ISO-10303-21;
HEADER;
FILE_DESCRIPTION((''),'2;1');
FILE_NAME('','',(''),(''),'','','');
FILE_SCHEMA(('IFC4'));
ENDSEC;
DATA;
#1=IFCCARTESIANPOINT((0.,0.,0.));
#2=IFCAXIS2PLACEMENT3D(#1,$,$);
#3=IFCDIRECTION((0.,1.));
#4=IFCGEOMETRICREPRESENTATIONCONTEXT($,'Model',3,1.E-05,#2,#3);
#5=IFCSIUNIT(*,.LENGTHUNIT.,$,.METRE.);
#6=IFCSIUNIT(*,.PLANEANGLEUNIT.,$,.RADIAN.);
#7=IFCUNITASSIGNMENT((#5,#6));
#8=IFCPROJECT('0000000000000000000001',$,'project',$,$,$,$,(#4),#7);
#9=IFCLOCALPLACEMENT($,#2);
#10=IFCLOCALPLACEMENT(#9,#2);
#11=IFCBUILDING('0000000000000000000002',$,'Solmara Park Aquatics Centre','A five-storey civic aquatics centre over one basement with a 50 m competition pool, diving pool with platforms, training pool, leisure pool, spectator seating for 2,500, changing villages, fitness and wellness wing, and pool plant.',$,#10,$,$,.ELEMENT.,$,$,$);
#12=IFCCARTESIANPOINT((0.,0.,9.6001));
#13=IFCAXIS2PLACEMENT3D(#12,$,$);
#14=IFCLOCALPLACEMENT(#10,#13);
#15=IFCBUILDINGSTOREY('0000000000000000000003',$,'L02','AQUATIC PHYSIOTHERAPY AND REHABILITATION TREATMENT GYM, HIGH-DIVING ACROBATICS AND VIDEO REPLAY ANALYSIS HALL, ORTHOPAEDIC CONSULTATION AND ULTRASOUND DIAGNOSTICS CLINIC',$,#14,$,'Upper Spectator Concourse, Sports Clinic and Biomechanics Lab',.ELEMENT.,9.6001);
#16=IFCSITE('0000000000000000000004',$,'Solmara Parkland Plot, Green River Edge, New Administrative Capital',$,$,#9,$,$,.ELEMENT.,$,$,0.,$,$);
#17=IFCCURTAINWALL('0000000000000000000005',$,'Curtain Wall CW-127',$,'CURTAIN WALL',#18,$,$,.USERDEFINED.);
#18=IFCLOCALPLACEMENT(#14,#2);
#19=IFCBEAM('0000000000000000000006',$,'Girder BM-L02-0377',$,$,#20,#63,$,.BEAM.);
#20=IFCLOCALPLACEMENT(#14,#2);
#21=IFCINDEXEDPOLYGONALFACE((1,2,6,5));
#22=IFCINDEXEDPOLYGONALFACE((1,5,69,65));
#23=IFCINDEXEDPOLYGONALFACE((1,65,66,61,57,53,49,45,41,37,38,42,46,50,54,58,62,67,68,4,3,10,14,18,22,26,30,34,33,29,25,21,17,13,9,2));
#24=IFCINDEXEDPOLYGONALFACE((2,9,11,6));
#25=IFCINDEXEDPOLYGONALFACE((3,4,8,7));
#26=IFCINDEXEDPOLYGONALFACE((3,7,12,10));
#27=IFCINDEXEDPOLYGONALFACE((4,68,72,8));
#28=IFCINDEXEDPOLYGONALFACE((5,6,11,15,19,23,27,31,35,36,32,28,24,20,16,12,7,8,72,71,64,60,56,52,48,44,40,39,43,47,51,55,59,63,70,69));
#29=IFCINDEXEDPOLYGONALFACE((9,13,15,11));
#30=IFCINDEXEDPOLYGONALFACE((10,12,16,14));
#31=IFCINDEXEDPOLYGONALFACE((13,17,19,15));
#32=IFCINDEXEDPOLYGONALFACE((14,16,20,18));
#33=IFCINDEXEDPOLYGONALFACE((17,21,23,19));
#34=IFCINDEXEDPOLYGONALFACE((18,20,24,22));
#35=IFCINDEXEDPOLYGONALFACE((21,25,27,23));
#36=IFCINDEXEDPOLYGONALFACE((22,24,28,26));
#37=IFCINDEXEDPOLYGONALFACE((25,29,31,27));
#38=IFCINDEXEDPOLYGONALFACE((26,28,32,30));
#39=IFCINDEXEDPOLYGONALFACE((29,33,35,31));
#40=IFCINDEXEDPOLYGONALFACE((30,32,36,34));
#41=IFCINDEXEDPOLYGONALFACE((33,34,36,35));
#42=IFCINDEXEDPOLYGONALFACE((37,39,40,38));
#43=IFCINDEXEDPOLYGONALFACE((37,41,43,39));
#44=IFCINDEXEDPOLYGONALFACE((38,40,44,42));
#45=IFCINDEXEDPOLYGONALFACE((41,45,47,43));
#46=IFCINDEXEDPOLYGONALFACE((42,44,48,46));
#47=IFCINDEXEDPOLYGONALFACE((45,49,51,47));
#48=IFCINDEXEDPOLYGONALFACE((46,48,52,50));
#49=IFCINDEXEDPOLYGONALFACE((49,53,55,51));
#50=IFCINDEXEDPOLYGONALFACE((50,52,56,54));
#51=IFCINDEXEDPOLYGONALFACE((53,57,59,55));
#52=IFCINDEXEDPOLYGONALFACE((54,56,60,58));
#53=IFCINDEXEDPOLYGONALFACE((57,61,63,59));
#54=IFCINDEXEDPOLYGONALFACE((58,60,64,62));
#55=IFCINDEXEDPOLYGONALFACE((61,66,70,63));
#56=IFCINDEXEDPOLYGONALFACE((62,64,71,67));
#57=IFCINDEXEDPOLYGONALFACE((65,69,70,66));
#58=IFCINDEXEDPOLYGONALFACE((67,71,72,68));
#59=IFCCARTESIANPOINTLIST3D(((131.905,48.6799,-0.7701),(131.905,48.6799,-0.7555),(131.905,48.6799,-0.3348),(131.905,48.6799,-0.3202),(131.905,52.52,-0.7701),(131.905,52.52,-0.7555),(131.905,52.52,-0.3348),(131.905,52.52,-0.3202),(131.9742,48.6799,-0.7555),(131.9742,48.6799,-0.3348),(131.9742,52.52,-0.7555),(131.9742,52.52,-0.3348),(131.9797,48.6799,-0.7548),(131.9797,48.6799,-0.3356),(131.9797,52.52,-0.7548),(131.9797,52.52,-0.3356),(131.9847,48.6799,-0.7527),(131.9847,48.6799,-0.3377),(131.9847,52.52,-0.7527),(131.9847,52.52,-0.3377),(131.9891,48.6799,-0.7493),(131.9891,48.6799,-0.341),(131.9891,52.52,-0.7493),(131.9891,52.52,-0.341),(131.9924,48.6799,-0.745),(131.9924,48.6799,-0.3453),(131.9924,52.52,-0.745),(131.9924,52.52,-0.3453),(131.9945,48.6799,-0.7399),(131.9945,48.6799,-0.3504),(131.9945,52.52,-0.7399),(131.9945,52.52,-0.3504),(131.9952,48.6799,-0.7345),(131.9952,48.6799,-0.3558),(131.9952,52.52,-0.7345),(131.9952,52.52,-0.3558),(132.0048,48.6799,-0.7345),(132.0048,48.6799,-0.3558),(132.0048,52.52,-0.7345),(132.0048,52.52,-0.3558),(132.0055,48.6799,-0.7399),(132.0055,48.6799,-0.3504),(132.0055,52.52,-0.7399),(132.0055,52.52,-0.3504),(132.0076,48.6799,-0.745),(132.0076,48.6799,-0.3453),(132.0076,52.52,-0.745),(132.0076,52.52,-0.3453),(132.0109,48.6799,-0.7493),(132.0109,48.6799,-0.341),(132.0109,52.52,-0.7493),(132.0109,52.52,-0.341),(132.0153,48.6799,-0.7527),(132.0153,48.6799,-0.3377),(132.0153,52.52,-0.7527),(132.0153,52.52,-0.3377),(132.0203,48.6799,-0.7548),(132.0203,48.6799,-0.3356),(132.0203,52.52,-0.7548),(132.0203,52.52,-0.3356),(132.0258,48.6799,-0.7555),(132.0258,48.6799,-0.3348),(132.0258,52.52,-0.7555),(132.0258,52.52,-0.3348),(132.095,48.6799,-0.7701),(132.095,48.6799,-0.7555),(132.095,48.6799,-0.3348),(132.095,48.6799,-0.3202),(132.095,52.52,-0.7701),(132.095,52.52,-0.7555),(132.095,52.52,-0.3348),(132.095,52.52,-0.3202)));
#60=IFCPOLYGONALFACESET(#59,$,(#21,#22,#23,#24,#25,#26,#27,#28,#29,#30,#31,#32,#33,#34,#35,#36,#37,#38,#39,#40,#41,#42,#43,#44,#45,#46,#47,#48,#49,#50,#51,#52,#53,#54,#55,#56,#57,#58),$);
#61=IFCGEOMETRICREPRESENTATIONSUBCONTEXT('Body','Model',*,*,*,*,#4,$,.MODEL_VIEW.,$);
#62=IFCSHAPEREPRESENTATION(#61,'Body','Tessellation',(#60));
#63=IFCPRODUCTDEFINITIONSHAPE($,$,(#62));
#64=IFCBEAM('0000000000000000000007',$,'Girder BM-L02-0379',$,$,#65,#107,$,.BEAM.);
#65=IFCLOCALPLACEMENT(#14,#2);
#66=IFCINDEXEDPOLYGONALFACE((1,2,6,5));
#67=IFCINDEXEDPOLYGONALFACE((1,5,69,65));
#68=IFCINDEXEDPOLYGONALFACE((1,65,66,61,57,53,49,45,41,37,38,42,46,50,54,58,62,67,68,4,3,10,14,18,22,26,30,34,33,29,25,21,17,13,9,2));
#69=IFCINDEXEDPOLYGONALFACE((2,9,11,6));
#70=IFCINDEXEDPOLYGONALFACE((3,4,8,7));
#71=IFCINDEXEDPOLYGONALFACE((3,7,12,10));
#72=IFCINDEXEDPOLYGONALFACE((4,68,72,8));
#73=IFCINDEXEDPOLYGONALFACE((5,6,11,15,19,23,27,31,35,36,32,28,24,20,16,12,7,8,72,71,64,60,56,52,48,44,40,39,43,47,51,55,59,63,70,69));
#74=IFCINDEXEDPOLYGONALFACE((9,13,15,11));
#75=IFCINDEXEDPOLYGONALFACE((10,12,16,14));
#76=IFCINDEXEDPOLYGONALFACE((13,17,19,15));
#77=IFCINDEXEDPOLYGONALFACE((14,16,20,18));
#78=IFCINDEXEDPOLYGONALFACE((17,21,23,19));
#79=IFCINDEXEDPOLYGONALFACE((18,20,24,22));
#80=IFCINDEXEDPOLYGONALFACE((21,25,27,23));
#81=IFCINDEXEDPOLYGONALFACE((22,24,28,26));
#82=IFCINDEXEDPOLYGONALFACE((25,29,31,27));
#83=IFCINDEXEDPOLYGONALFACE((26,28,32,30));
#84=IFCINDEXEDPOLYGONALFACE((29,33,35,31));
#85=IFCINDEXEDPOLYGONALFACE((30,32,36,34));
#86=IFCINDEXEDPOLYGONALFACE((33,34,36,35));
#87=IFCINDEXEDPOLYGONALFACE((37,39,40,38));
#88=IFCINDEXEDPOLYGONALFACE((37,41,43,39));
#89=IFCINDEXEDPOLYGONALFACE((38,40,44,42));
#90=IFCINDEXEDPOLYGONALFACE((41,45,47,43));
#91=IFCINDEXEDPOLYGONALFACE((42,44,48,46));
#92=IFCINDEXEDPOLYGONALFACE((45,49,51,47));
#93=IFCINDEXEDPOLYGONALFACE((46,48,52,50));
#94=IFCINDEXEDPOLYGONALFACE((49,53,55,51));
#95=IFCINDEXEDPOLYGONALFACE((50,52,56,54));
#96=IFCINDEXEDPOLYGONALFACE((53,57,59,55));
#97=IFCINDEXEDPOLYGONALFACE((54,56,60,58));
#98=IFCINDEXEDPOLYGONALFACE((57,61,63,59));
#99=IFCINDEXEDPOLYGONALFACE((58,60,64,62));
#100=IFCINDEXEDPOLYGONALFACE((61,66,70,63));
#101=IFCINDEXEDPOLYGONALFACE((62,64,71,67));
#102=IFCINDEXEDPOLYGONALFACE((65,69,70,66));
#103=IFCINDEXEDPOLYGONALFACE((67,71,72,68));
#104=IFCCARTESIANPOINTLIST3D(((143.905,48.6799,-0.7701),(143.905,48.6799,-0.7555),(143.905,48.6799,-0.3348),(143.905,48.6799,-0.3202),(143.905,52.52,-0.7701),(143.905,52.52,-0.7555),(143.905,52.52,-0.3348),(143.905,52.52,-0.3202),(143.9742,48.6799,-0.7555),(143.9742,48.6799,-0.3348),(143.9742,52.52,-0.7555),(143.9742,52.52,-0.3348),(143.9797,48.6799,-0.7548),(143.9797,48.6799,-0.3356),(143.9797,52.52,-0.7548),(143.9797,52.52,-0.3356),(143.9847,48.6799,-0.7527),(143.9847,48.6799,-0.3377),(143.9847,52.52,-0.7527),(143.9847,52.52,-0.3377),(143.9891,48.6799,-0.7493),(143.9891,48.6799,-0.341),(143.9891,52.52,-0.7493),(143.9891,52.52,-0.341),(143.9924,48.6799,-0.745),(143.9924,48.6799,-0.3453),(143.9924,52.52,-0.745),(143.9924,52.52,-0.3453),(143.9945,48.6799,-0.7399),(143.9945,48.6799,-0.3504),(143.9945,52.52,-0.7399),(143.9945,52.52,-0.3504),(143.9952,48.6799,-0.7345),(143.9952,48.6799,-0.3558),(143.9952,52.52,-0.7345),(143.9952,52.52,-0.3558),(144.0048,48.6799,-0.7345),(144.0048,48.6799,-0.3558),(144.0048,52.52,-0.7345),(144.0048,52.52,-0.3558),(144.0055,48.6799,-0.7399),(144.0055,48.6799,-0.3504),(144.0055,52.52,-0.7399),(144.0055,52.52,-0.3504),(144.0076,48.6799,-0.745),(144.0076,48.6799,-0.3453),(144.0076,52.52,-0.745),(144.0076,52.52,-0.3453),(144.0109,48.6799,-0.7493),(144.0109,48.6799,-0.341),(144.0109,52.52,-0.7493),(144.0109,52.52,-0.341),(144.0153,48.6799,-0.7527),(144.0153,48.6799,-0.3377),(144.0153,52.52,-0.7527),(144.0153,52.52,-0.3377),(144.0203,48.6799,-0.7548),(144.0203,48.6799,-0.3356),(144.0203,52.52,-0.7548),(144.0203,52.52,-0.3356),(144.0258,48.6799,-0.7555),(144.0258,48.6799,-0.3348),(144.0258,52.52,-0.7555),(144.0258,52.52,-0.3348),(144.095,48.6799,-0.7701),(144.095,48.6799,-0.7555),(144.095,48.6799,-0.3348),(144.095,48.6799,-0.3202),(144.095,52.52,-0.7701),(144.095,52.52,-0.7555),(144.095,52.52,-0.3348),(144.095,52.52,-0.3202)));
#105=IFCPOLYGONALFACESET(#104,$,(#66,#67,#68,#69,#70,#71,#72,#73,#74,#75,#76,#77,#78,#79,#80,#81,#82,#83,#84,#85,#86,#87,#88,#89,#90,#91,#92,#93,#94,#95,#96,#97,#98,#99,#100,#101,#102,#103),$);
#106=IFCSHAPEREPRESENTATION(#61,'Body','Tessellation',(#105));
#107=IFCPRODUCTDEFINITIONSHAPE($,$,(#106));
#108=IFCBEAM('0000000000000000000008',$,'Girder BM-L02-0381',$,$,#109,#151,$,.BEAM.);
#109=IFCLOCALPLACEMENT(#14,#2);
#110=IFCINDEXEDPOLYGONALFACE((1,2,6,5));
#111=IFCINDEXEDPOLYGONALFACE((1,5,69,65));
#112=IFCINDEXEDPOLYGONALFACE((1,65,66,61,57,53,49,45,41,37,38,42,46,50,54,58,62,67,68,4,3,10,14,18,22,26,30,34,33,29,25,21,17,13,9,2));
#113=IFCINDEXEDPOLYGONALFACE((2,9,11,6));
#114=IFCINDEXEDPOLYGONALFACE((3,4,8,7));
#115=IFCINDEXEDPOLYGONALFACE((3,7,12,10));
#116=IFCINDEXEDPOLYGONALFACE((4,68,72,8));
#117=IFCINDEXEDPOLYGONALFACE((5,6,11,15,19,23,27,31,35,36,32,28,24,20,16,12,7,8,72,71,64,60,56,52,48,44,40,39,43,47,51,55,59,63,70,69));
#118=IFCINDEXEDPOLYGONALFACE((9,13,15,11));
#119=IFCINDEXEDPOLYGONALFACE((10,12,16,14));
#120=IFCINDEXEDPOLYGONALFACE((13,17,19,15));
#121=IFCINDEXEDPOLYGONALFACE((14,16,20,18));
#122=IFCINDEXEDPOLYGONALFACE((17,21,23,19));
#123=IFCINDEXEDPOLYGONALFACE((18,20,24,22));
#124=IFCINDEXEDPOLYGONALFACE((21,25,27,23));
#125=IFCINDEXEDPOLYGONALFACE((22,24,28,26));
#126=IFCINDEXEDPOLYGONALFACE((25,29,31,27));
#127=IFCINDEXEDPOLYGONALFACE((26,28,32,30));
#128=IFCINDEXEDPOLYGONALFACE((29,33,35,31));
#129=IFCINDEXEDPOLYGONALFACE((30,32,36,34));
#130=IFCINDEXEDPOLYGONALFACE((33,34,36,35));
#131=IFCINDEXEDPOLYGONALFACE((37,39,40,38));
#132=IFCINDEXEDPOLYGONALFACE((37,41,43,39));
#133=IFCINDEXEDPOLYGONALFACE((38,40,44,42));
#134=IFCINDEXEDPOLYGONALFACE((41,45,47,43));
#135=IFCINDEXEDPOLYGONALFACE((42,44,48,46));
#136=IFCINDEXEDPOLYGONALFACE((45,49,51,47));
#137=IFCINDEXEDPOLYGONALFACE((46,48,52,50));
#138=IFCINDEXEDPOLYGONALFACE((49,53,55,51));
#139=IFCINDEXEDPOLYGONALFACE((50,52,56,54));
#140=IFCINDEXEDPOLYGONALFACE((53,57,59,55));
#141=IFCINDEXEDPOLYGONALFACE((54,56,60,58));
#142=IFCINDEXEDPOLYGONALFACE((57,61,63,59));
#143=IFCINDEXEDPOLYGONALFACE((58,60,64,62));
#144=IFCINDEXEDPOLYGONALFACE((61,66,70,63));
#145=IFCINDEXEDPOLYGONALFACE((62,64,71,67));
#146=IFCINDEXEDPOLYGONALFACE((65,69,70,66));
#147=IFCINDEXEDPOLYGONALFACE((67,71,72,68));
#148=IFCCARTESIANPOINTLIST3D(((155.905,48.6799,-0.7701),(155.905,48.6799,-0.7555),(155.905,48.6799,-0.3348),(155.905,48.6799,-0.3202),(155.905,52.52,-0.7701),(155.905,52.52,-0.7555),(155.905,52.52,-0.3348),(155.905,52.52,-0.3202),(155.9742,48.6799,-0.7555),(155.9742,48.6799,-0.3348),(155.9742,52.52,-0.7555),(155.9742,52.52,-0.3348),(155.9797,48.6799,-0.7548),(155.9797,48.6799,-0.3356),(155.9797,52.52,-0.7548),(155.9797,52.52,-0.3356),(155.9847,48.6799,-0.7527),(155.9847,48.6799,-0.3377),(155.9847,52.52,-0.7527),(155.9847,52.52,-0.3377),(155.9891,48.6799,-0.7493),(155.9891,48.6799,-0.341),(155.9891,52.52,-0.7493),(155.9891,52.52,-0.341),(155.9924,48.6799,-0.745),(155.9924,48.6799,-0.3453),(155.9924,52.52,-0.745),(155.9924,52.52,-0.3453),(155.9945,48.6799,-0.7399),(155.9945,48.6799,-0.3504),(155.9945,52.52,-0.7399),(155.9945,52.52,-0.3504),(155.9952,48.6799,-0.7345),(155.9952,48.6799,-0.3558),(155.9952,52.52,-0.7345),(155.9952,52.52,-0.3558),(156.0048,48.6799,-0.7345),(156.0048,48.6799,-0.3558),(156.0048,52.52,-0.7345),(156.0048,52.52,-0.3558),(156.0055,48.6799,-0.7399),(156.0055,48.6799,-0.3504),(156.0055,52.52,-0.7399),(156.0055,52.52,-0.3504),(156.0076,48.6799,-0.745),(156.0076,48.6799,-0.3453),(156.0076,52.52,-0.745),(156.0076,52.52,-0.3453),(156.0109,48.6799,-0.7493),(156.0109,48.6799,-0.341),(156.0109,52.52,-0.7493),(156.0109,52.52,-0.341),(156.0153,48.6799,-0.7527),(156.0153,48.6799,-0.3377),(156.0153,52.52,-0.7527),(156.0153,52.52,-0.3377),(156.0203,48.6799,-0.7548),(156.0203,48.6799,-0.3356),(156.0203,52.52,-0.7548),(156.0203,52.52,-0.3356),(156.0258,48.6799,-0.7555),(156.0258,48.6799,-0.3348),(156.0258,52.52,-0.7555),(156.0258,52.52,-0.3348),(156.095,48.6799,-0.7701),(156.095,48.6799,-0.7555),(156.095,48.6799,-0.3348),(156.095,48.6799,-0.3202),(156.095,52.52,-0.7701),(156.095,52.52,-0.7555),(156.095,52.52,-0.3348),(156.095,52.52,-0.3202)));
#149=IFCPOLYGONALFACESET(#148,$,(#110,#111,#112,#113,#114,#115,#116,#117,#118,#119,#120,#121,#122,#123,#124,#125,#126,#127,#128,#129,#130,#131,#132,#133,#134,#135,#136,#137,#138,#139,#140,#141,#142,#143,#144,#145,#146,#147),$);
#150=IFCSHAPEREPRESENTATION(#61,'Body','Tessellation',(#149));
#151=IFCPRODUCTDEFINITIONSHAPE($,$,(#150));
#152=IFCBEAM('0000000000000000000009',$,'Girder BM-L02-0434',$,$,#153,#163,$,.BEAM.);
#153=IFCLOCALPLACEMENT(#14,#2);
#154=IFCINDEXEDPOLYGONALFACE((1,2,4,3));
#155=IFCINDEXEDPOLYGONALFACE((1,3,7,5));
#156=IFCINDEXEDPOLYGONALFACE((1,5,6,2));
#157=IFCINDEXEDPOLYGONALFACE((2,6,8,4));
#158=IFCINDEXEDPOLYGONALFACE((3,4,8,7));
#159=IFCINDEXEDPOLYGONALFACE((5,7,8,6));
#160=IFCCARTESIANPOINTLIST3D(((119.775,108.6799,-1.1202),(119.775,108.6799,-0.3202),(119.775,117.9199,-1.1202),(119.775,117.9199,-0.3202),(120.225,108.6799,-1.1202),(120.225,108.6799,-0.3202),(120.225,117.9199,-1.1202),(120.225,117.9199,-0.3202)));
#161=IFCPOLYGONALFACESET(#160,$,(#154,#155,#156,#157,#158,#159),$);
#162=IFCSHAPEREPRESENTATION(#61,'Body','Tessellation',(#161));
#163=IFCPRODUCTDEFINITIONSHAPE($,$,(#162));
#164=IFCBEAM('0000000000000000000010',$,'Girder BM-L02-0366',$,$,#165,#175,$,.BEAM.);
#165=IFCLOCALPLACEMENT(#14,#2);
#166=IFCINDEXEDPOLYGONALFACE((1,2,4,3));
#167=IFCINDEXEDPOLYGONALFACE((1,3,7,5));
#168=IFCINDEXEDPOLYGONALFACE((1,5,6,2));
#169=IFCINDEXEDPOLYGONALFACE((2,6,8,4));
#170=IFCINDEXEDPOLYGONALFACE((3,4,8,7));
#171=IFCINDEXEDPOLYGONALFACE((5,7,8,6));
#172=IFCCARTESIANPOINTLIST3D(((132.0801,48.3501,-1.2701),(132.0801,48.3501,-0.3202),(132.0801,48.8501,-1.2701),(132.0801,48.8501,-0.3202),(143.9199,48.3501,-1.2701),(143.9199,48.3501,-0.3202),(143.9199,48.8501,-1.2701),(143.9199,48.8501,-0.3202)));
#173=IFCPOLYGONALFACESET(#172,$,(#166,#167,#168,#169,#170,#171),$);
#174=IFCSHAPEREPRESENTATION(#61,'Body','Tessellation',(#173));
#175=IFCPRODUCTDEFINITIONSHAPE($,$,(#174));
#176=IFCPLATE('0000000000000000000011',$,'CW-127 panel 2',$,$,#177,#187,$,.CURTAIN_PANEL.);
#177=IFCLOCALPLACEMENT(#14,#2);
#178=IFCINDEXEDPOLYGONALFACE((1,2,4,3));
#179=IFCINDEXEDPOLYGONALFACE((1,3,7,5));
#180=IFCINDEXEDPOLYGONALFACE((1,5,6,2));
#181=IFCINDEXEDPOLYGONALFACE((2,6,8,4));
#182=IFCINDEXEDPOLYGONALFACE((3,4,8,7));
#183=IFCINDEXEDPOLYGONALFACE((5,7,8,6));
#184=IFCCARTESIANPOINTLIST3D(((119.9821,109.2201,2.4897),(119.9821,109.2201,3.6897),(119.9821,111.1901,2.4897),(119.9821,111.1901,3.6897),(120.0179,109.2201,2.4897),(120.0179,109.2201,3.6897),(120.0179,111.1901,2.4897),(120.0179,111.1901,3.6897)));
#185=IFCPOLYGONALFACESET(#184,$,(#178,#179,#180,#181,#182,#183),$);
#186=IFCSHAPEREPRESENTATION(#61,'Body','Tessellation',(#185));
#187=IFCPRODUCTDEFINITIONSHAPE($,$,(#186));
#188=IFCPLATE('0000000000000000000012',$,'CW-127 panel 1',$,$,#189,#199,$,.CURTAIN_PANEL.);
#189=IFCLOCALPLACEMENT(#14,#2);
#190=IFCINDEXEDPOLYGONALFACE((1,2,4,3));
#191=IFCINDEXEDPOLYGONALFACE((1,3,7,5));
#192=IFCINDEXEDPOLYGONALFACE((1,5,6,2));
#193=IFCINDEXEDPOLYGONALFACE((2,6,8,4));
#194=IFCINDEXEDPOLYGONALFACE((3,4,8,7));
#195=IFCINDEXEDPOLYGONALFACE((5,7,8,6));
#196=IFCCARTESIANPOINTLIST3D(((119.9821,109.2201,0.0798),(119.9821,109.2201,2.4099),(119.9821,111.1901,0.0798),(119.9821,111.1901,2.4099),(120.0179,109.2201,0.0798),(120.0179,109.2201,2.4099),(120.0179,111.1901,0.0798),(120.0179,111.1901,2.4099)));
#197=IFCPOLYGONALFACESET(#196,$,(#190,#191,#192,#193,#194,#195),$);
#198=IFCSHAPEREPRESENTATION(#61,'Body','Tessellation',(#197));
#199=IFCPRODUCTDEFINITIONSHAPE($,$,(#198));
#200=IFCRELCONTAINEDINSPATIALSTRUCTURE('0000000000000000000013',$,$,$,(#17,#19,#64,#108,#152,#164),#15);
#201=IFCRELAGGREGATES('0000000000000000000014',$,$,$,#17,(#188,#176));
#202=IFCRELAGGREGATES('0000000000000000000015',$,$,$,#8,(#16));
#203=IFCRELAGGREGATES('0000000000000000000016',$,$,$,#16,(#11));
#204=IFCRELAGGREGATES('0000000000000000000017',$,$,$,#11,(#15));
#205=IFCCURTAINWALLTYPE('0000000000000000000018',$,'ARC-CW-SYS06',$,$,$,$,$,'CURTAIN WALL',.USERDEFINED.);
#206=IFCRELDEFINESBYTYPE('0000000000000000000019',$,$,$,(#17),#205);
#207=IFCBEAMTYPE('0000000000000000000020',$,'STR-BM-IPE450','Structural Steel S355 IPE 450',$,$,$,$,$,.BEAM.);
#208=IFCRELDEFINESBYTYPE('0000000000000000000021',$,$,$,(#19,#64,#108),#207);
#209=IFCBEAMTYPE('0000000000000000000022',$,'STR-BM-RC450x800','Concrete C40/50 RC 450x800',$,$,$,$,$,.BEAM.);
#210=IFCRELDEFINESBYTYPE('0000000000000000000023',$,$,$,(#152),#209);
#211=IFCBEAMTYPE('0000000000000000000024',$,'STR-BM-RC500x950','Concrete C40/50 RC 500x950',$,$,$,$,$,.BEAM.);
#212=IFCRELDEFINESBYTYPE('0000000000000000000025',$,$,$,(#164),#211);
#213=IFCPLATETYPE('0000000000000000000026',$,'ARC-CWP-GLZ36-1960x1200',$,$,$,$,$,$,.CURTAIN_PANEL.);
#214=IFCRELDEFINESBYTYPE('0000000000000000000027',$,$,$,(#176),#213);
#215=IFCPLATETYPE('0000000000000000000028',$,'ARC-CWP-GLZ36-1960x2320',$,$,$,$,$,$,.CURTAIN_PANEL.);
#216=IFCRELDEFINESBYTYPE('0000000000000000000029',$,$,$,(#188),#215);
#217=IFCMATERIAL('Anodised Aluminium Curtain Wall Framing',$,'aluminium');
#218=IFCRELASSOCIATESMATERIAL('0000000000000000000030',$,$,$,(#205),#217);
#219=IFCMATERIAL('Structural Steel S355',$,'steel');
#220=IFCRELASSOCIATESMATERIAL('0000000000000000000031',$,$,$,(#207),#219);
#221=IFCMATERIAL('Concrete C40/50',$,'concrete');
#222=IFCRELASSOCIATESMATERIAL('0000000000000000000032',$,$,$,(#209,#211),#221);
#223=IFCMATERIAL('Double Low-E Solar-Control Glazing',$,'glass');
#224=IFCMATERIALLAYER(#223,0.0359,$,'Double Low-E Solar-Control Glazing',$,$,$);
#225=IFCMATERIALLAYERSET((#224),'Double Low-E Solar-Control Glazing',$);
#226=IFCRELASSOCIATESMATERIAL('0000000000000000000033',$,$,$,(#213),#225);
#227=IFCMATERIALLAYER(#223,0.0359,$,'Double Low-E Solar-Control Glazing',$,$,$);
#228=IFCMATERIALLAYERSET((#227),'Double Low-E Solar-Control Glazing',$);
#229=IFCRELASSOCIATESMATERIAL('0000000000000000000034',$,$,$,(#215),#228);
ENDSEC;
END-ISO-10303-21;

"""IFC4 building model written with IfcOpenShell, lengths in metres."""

from ifc_helpers import new_model, si_unit, direction, frame, origin, origin_2d, place, context, subcontext, project, spatial, rectangle, i_section, extrude, material, layer, layer_set, material_profile, profile_set, type_object, element, aggregate, save


model = new_model("IFC4")

# Units and contexts
model_context = context("Model", 3, precision=1e-05, world=origin(), true_north=direction((0.0, 1.0)))
body_context = subcontext(model_context, "Body", "Model", "MODEL_VIEW")
ifc_project = project(units=[si_unit("LENGTHUNIT", "METRE"), si_unit("PLANEANGLEUNIT", "RADIAN")], contexts=[model_context])

# Site, building, storey
site_placement = place(None, origin())
site = spatial("IfcSite", under=ifc_project, at=site_placement, Name="Solmara Parkland Plot, Green River Edge, New Administrative Capital", CompositionType="ELEMENT", RefElevation=0.0)
building_placement = place(site_placement, origin())
building = spatial("IfcBuilding", under=site, at=building_placement, Name="Solmara Park Aquatics Centre", Description="A five-storey civic aquatics centre over one basement with a 50 m competition pool, diving pool with platforms, training pool, leisure pool, spectator seating for 2,500, changing villages, fitness and wellness wing, and pool plant.", CompositionType="ELEMENT")
storey_placement = place(building_placement, frame((0.0, 0.0, 9.6001)))
storey = spatial("IfcBuildingStorey", under=building, at=storey_placement, Name="L02", Description="AQUATIC PHYSIOTHERAPY AND REHABILITATION TREATMENT GYM, HIGH-DIVING ACROBATICS AND VIDEO REPLAY ANALYSIS HALL, ORTHOPAEDIC CONSULTATION AND ULTRASOUND DIAGNOSTICS CLINIC", LongName="Upper Spectator Concourse, Sports Clinic and Biomechanics Lab", CompositionType="ELEMENT", Elevation=9.6001)

# Shared definitions
ifc_material_1 = material(Name="Structural Steel S355", Category="steel")
ifc_material_2 = material(Name="Concrete C40/50", Category="concrete")

# Shared definitions
ifc_material_3 = material(Name="Anodised Aluminium Curtain Wall Framing", Category="aluminium")

# Curtain wall
curtain_wall_type_1 = type_object("IfcCurtainWallType", Name="ARC-CW-SYS06", ElementType="CURTAIN WALL", PredefinedType="USERDEFINED", material=ifc_material_3)
curtain_wall_1_placement = place(storey_placement, origin())
curtain_wall_1 = element("IfcCurtainWall", 1, at=curtain_wall_1_placement, inside=storey, type_object=curtain_wall_type_1, Name="Curtain Wall CW-127", ObjectType="CURTAIN WALL", PredefinedType="USERDEFINED")

# Beams
ifc_material_profile_1 = material_profile(ifc_material_1, i_section(OverallWidth=0.1899, OverallDepth=0.45, WebThickness=0.0095, FlangeThickness=0.0146, FilletRadius=0.021, at=origin_2d()), Name="IPE 450")
ifc_profile_set_1 = profile_set([ifc_material_profile_1], Name="Structural Steel S355")
beam_type_1 = type_object("IfcBeamType", Name="STR-BM-IPE450", Description="Structural Steel S355 IPE 450", PredefinedType="BEAM", material=ifc_profile_set_1)
for number, where, z_axis, x_axis, name in (
    (2, (132.0, 48.6799, -0.5452), (0.0, 1.0, 0.0), (-1.0, 0.0, 0.0), "Girder BM-L02-0377"),
    (3, (144.0, 48.6799, -0.5452), (0.0, 1.0, 0.0), (-1.0, 0.0, 0.0), "Girder BM-L02-0379"),
    (4, (156.0, 48.6799, -0.5452), (0.0, 1.0, 0.0), (-1.0, 0.0, 0.0), "Girder BM-L02-0381"),
):
    element("IfcBeam", number, at=place(storey_placement, frame(where, z_axis=z_axis, x_axis=x_axis)), inside=storey, type_object=beam_type_1, Name=name, PredefinedType="BEAM", context=body_context, shape_type="SweptSolid", body=[
        extrude(i_section(OverallWidth=0.1899, OverallDepth=0.45, WebThickness=0.0095, FlangeThickness=0.0146, FilletRadius=0.021, at=origin_2d()), origin(), (0.0, 0.0, 1.0), 3.8401),
    ])
ifc_material_profile_2 = material_profile(ifc_material_2, rectangle(XDim=0.45, YDim=0.8, at=origin_2d()), Name="RC 450x800")
ifc_profile_set_2 = profile_set([ifc_material_profile_2], Name="Concrete C40/50")
beam_type_2 = type_object("IfcBeamType", Name="STR-BM-RC450x800", Description="Concrete C40/50 RC 450x800", PredefinedType="BEAM", material=ifc_profile_set_2)
beam_1_placement = place(storey_placement, frame((120.0, 108.6799, -0.7202), z_axis=(0.0, 1.0, 0.0), x_axis=(-1.0, 0.0, 0.0)))
element("IfcBeam", 5, at=beam_1_placement, inside=storey, type_object=beam_type_2, Name="Girder BM-L02-0434", PredefinedType="BEAM", context=body_context, shape_type="SweptSolid", body=[
    extrude(rectangle(XDim=0.45, YDim=0.8, at=origin_2d()), origin(), (0.0, 0.0, 1.0), 9.24),
])
ifc_material_profile_3 = material_profile(ifc_material_2, rectangle(XDim=0.5, YDim=0.95, at=origin_2d()), Name="RC 500x950")
ifc_profile_set_3 = profile_set([ifc_material_profile_3], Name="Concrete C40/50")
beam_type_3 = type_object("IfcBeamType", Name="STR-BM-RC500x950", Description="Concrete C40/50 RC 500x950", PredefinedType="BEAM", material=ifc_profile_set_3)
beam_2_placement = place(storey_placement, frame((132.0801, 48.6001, -0.7952), z_axis=(1.0, 0.0, 0.0), x_axis=(0.0, 1.0, 0.0)))
element("IfcBeam", 6, at=beam_2_placement, inside=storey, type_object=beam_type_3, Name="Girder BM-L02-0366", PredefinedType="BEAM", context=body_context, shape_type="SweptSolid", body=[
    extrude(rectangle(XDim=0.5, YDim=0.95, at=origin_2d()), origin(), (0.0, 0.0, 1.0), 11.8398),
])

# Plates
ifc_material_4 = material(Name="Double Low-E Solar-Control Glazing", Category="glass")
ifc_layer_1 = layer(ifc_material_4, 0.0359, Name="Double Low-E Solar-Control Glazing")
ifc_layer_set_1 = layer_set([ifc_layer_1], Name="Double Low-E Solar-Control Glazing")
plate_type_1 = type_object("IfcPlateType", Name="ARC-CWP-GLZ36-1960x1200", PredefinedType="CURTAIN_PANEL", material=ifc_layer_set_1)
plate_1_placement = place(storey_placement, frame((120.0, 110.2051, 2.4897), z_axis=(0.0, 0.0, 1.0), x_axis=(0.0, 1.0, 0.0)))
plate_1 = element("IfcPlate", 7, at=plate_1_placement, type_object=plate_type_1, Name="CW-127 panel 2", PredefinedType="CURTAIN_PANEL", context=body_context, shape_type="SweptSolid", body=[
    extrude(rectangle(XDim=1.97, YDim=0.0359, at=origin_2d()), origin(), (0.0, 0.0, 1.0), 1.2),
])
ifc_layer_2 = layer(ifc_material_4, 0.0359, Name="Double Low-E Solar-Control Glazing")
ifc_layer_set_2 = layer_set([ifc_layer_2], Name="Double Low-E Solar-Control Glazing")
plate_type_2 = type_object("IfcPlateType", Name="ARC-CWP-GLZ36-1960x2320", PredefinedType="CURTAIN_PANEL", material=ifc_layer_set_2)
plate_2_placement = place(storey_placement, frame((120.0, 110.2051, 0.0798), z_axis=(0.0, 0.0, 1.0), x_axis=(0.0, 1.0, 0.0)))
plate_2 = element("IfcPlate", 8, at=plate_2_placement, type_object=plate_type_2, Name="CW-127 panel 1", PredefinedType="CURTAIN_PANEL", context=body_context, shape_type="SweptSolid", body=[
    extrude(rectangle(XDim=1.97, YDim=0.0359, at=origin_2d()), origin(), (0.0, 0.0, 1.0), 2.3301),
])
aggregate(curtain_wall_1, [plate_2, plate_1])

save(model, "model.ifc")
